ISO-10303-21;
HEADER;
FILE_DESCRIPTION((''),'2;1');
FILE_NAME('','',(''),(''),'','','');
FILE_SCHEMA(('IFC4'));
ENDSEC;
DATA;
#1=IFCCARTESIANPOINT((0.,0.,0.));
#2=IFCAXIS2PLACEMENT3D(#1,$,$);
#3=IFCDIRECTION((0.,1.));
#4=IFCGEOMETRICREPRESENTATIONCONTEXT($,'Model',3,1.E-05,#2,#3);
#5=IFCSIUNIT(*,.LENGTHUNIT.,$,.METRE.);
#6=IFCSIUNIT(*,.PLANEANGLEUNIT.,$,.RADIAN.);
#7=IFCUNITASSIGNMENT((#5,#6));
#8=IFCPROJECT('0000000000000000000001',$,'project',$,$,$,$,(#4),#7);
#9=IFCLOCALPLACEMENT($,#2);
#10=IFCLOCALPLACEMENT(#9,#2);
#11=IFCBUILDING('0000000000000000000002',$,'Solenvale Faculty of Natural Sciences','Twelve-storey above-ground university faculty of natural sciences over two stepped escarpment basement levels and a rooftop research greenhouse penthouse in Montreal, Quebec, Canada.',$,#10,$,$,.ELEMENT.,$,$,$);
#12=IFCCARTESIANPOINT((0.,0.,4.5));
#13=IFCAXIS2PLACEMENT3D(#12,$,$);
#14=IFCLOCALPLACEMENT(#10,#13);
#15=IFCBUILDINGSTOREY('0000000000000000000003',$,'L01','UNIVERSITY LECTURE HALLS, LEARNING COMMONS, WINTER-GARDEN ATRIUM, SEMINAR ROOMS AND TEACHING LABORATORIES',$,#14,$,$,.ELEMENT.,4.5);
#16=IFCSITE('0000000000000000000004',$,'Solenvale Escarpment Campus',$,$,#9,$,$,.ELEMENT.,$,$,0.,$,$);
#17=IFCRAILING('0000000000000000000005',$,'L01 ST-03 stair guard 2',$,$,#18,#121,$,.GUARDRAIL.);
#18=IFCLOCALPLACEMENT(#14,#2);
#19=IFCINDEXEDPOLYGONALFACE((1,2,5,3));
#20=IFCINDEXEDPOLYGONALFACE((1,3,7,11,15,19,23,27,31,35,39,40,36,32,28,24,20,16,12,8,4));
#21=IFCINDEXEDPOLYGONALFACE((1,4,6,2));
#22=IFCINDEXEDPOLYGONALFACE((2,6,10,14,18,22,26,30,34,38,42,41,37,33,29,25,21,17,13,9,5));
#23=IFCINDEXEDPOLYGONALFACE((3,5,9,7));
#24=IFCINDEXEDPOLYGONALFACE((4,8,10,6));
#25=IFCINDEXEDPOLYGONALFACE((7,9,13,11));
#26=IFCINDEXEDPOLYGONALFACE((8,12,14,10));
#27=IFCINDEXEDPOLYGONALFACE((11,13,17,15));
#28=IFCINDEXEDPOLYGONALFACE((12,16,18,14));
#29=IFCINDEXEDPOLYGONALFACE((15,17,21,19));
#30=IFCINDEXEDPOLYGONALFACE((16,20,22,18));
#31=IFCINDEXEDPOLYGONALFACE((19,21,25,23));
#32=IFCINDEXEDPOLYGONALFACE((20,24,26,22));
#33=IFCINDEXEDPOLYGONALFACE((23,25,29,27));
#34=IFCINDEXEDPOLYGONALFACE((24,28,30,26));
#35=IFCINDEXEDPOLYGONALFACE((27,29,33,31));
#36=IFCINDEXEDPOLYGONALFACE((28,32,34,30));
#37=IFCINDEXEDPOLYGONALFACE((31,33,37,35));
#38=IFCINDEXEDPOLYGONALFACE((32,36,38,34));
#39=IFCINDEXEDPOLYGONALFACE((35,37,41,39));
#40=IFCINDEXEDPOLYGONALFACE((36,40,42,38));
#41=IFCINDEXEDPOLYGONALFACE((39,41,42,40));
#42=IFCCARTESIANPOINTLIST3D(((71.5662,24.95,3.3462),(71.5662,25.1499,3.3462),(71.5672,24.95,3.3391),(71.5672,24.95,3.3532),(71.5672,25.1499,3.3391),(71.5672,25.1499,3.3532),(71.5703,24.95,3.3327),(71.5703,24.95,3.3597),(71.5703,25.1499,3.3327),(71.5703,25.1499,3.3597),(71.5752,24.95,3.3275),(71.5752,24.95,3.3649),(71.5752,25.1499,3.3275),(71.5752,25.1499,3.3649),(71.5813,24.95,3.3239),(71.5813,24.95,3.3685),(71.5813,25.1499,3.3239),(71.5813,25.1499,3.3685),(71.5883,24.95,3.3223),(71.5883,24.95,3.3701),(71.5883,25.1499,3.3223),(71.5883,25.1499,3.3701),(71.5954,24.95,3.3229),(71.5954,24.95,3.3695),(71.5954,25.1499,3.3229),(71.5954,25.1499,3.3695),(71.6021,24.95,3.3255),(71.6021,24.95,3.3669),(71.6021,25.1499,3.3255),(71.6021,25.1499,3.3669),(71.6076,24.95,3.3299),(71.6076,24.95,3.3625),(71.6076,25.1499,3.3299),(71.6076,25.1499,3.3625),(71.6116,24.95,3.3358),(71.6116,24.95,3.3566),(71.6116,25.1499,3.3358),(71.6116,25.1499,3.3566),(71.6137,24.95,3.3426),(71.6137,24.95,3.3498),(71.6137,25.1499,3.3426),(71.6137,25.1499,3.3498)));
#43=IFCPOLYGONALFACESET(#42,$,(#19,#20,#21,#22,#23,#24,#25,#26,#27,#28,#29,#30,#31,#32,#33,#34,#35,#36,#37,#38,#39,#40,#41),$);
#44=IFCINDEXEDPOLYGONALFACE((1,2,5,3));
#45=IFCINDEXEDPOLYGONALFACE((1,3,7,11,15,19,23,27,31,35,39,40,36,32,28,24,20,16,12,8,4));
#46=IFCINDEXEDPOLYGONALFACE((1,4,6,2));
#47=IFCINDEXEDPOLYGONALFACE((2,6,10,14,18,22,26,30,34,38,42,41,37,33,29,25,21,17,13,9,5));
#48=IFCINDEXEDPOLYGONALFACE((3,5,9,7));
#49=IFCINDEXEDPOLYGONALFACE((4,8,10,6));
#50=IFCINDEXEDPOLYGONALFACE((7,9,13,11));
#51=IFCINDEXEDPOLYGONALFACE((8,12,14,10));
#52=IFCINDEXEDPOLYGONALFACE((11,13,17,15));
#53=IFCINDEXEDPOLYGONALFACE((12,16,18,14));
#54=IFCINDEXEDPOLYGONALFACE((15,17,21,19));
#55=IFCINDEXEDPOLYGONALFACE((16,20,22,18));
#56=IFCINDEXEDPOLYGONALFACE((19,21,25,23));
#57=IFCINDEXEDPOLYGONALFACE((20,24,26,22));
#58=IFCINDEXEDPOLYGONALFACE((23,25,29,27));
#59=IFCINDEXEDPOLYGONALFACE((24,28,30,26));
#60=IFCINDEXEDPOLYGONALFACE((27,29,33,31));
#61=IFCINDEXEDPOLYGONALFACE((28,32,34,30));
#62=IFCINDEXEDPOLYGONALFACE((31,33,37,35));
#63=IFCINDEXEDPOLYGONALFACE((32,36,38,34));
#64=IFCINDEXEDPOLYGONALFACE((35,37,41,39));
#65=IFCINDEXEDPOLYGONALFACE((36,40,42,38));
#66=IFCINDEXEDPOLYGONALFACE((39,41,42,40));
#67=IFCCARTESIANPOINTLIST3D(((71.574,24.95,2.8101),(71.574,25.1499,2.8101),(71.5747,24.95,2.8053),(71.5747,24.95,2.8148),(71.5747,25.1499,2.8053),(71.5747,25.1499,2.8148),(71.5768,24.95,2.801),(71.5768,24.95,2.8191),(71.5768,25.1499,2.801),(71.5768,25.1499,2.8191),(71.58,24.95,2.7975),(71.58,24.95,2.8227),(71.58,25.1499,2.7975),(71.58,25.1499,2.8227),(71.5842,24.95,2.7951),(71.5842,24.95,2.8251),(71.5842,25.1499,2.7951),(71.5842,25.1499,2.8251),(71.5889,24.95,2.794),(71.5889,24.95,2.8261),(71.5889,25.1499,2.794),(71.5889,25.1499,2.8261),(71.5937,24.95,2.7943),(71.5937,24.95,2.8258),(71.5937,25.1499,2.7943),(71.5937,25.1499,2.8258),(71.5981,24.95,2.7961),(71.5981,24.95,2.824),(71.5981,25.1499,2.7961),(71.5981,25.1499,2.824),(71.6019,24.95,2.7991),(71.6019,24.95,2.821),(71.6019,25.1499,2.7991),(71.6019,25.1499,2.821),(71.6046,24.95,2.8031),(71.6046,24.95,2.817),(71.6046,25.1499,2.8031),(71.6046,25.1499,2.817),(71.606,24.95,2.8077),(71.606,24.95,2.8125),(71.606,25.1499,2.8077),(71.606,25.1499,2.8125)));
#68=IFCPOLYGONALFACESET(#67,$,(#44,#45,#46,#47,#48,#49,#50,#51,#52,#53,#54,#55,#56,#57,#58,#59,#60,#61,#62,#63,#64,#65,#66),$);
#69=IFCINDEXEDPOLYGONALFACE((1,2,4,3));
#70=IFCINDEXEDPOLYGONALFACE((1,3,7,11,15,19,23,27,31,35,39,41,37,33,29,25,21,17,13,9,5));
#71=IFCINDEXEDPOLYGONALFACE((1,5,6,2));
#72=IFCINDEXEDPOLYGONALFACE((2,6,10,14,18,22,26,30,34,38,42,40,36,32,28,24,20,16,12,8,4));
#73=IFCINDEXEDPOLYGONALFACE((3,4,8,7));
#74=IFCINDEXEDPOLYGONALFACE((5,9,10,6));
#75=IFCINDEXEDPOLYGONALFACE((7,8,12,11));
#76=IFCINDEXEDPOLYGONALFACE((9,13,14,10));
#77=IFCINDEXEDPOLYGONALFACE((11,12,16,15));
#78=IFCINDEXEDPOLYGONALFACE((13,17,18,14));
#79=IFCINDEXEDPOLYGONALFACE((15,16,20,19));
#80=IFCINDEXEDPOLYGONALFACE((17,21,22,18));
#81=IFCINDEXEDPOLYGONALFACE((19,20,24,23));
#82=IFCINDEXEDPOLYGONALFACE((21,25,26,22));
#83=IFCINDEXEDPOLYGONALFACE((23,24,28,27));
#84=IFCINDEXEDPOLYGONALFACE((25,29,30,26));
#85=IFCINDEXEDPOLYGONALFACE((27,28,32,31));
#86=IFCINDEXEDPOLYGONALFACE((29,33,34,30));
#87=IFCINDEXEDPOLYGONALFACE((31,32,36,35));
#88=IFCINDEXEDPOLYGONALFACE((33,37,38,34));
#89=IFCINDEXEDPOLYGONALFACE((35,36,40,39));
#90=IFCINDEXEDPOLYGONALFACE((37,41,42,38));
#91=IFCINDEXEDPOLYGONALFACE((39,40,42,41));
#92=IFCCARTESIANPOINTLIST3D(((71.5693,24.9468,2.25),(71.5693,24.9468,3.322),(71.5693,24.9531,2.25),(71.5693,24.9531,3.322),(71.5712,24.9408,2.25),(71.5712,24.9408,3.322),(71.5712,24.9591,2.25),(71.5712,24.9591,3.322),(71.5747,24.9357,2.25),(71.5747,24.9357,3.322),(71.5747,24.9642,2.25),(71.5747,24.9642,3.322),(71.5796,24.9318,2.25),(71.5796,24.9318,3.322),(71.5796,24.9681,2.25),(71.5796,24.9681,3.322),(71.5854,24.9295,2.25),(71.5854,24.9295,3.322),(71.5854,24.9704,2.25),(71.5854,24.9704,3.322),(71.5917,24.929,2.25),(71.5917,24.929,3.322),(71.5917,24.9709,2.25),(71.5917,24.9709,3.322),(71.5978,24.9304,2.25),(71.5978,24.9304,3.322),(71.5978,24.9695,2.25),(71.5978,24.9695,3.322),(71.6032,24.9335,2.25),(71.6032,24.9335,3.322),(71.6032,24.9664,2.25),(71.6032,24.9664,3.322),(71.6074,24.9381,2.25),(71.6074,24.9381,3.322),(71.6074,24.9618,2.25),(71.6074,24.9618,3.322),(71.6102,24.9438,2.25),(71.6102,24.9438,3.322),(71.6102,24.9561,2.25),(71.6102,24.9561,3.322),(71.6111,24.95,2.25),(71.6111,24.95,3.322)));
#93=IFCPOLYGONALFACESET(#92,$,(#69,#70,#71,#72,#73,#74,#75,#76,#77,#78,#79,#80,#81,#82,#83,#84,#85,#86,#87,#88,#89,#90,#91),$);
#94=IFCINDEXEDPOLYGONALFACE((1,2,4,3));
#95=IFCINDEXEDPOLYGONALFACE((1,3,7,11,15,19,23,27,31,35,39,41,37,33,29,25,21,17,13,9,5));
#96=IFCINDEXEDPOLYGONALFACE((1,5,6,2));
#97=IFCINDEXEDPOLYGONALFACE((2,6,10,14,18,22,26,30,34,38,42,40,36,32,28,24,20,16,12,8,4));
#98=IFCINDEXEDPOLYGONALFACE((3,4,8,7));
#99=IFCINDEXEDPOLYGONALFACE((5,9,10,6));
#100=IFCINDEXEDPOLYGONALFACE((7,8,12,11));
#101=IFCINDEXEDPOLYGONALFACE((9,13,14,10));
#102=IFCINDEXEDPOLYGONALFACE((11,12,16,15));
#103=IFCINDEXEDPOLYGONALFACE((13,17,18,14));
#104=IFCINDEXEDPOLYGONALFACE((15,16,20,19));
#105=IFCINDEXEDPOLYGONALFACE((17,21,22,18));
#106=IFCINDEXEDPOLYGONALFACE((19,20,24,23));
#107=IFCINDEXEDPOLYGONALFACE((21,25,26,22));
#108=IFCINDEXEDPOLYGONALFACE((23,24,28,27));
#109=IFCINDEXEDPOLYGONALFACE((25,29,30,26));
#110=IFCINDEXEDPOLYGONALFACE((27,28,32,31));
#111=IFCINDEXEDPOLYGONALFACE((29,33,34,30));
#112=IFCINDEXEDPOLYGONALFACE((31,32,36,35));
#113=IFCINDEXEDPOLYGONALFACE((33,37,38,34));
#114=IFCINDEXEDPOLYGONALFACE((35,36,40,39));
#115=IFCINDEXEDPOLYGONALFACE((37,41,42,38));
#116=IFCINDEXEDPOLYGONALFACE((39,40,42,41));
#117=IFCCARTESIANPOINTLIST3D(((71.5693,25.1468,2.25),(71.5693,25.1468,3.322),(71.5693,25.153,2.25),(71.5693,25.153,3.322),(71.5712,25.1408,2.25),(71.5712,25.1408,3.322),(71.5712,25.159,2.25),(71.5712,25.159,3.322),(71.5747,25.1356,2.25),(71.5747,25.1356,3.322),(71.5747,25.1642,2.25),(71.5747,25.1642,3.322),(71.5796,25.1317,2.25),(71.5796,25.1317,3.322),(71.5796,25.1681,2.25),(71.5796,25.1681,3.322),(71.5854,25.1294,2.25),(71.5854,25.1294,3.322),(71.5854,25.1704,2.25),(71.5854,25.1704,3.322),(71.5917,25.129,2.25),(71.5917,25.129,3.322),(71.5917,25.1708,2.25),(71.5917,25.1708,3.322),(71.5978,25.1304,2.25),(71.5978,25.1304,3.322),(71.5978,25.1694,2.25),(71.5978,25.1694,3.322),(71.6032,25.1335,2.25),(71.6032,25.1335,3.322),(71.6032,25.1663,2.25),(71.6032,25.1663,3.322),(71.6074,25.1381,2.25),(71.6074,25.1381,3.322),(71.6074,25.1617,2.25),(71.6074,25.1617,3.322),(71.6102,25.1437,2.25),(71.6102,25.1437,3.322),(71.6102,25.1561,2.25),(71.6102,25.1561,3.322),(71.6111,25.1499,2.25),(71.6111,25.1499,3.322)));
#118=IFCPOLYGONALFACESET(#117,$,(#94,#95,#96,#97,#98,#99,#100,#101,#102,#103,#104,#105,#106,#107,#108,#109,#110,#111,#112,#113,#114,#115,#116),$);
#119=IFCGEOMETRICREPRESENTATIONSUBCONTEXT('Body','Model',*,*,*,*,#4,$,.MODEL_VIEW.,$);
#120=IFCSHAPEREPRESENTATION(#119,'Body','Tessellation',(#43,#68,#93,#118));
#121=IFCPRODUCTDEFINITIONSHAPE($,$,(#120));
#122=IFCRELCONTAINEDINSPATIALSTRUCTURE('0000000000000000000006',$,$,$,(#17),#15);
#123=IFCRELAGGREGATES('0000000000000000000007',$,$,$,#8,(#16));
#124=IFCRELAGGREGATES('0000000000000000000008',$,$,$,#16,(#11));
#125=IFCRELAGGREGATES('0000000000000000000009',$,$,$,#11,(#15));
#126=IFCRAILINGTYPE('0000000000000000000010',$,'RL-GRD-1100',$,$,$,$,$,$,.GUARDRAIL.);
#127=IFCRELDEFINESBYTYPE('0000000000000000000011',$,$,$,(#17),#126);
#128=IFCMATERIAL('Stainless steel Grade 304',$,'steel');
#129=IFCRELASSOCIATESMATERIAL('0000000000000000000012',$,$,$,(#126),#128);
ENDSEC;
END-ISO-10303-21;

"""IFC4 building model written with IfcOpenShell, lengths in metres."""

from ifc_helpers import new_model, si_unit, direction, frame, origin, origin_2d, place, context, subcontext, project, spatial, circle, extrude, material, type_object, element, save


model = new_model("IFC4")

# Units and contexts
model_context = context("Model", 3, precision=1e-05, world=origin(), true_north=direction((0.0, 1.0)))
body_context = subcontext(model_context, "Body", "Model", "MODEL_VIEW")
ifc_project = project(units=[si_unit("LENGTHUNIT", "METRE"), si_unit("PLANEANGLEUNIT", "RADIAN")], contexts=[model_context])

# Site, building, storey
site_placement = place(None, origin())
site = spatial("IfcSite", under=ifc_project, at=site_placement, Name="Solenvale Escarpment Campus", CompositionType="ELEMENT", RefElevation=0.0)
building_placement = place(site_placement, origin())
building = spatial("IfcBuilding", under=site, at=building_placement, Name="Solenvale Faculty of Natural Sciences", Description="Twelve-storey above-ground university faculty of natural sciences over two stepped escarpment basement levels and a rooftop research greenhouse penthouse in Montreal, Quebec, Canada.", CompositionType="ELEMENT")
storey_placement = place(building_placement, frame((0.0, 0.0, 4.5)))
storey = spatial("IfcBuildingStorey", under=building, at=storey_placement, Name="L01", Description="UNIVERSITY LECTURE HALLS, LEARNING COMMONS, WINTER-GARDEN ATRIUM, SEMINAR ROOMS AND TEACHING LABORATORIES", CompositionType="ELEMENT", Elevation=4.5)

# Railing
ifc_material_1 = material(Name="Stainless steel Grade 304", Category="steel")
railing_type_1 = type_object("IfcRailingType", Name="RL-GRD-1100", PredefinedType="GUARDRAIL", material=ifc_material_1)
railing_1_placement = place(storey_placement, frame((71.5901, 24.95, 2.25)))
element("IfcRailing", 1, at=railing_1_placement, inside=storey, type_object=railing_type_1, Name="L01 ST-03 stair guard 2", PredefinedType="GUARDRAIL", context=body_context, shape_type="SweptSolid", body=[
    extrude(circle(Radius=0.0239, at=origin_2d()), frame((0.0, 0.0, 1.0962), z_axis=(0.0, 1.0, 0.0), x_axis=(-1.0, 0.0, 0.0)), (0.0, 0.0, 1.0), 0.2),
    extrude(circle(Radius=0.0161, at=origin_2d()), frame((0.0, 0.0, 0.5601), z_axis=(0.0, 1.0, 0.0), x_axis=(-1.0, 0.0, 0.0)), (0.0, 0.0, 1.0), 0.2),
    extrude(circle(Radius=0.021, at=origin_2d()), origin(), (0.0, 0.0, 1.0), 1.072),
    extrude(circle(Radius=0.021, at=origin_2d()), frame((0.0, 0.2, 0.0)), (0.0, 0.0, 1.0), 1.072),
])

save(model, "model.ifc")
